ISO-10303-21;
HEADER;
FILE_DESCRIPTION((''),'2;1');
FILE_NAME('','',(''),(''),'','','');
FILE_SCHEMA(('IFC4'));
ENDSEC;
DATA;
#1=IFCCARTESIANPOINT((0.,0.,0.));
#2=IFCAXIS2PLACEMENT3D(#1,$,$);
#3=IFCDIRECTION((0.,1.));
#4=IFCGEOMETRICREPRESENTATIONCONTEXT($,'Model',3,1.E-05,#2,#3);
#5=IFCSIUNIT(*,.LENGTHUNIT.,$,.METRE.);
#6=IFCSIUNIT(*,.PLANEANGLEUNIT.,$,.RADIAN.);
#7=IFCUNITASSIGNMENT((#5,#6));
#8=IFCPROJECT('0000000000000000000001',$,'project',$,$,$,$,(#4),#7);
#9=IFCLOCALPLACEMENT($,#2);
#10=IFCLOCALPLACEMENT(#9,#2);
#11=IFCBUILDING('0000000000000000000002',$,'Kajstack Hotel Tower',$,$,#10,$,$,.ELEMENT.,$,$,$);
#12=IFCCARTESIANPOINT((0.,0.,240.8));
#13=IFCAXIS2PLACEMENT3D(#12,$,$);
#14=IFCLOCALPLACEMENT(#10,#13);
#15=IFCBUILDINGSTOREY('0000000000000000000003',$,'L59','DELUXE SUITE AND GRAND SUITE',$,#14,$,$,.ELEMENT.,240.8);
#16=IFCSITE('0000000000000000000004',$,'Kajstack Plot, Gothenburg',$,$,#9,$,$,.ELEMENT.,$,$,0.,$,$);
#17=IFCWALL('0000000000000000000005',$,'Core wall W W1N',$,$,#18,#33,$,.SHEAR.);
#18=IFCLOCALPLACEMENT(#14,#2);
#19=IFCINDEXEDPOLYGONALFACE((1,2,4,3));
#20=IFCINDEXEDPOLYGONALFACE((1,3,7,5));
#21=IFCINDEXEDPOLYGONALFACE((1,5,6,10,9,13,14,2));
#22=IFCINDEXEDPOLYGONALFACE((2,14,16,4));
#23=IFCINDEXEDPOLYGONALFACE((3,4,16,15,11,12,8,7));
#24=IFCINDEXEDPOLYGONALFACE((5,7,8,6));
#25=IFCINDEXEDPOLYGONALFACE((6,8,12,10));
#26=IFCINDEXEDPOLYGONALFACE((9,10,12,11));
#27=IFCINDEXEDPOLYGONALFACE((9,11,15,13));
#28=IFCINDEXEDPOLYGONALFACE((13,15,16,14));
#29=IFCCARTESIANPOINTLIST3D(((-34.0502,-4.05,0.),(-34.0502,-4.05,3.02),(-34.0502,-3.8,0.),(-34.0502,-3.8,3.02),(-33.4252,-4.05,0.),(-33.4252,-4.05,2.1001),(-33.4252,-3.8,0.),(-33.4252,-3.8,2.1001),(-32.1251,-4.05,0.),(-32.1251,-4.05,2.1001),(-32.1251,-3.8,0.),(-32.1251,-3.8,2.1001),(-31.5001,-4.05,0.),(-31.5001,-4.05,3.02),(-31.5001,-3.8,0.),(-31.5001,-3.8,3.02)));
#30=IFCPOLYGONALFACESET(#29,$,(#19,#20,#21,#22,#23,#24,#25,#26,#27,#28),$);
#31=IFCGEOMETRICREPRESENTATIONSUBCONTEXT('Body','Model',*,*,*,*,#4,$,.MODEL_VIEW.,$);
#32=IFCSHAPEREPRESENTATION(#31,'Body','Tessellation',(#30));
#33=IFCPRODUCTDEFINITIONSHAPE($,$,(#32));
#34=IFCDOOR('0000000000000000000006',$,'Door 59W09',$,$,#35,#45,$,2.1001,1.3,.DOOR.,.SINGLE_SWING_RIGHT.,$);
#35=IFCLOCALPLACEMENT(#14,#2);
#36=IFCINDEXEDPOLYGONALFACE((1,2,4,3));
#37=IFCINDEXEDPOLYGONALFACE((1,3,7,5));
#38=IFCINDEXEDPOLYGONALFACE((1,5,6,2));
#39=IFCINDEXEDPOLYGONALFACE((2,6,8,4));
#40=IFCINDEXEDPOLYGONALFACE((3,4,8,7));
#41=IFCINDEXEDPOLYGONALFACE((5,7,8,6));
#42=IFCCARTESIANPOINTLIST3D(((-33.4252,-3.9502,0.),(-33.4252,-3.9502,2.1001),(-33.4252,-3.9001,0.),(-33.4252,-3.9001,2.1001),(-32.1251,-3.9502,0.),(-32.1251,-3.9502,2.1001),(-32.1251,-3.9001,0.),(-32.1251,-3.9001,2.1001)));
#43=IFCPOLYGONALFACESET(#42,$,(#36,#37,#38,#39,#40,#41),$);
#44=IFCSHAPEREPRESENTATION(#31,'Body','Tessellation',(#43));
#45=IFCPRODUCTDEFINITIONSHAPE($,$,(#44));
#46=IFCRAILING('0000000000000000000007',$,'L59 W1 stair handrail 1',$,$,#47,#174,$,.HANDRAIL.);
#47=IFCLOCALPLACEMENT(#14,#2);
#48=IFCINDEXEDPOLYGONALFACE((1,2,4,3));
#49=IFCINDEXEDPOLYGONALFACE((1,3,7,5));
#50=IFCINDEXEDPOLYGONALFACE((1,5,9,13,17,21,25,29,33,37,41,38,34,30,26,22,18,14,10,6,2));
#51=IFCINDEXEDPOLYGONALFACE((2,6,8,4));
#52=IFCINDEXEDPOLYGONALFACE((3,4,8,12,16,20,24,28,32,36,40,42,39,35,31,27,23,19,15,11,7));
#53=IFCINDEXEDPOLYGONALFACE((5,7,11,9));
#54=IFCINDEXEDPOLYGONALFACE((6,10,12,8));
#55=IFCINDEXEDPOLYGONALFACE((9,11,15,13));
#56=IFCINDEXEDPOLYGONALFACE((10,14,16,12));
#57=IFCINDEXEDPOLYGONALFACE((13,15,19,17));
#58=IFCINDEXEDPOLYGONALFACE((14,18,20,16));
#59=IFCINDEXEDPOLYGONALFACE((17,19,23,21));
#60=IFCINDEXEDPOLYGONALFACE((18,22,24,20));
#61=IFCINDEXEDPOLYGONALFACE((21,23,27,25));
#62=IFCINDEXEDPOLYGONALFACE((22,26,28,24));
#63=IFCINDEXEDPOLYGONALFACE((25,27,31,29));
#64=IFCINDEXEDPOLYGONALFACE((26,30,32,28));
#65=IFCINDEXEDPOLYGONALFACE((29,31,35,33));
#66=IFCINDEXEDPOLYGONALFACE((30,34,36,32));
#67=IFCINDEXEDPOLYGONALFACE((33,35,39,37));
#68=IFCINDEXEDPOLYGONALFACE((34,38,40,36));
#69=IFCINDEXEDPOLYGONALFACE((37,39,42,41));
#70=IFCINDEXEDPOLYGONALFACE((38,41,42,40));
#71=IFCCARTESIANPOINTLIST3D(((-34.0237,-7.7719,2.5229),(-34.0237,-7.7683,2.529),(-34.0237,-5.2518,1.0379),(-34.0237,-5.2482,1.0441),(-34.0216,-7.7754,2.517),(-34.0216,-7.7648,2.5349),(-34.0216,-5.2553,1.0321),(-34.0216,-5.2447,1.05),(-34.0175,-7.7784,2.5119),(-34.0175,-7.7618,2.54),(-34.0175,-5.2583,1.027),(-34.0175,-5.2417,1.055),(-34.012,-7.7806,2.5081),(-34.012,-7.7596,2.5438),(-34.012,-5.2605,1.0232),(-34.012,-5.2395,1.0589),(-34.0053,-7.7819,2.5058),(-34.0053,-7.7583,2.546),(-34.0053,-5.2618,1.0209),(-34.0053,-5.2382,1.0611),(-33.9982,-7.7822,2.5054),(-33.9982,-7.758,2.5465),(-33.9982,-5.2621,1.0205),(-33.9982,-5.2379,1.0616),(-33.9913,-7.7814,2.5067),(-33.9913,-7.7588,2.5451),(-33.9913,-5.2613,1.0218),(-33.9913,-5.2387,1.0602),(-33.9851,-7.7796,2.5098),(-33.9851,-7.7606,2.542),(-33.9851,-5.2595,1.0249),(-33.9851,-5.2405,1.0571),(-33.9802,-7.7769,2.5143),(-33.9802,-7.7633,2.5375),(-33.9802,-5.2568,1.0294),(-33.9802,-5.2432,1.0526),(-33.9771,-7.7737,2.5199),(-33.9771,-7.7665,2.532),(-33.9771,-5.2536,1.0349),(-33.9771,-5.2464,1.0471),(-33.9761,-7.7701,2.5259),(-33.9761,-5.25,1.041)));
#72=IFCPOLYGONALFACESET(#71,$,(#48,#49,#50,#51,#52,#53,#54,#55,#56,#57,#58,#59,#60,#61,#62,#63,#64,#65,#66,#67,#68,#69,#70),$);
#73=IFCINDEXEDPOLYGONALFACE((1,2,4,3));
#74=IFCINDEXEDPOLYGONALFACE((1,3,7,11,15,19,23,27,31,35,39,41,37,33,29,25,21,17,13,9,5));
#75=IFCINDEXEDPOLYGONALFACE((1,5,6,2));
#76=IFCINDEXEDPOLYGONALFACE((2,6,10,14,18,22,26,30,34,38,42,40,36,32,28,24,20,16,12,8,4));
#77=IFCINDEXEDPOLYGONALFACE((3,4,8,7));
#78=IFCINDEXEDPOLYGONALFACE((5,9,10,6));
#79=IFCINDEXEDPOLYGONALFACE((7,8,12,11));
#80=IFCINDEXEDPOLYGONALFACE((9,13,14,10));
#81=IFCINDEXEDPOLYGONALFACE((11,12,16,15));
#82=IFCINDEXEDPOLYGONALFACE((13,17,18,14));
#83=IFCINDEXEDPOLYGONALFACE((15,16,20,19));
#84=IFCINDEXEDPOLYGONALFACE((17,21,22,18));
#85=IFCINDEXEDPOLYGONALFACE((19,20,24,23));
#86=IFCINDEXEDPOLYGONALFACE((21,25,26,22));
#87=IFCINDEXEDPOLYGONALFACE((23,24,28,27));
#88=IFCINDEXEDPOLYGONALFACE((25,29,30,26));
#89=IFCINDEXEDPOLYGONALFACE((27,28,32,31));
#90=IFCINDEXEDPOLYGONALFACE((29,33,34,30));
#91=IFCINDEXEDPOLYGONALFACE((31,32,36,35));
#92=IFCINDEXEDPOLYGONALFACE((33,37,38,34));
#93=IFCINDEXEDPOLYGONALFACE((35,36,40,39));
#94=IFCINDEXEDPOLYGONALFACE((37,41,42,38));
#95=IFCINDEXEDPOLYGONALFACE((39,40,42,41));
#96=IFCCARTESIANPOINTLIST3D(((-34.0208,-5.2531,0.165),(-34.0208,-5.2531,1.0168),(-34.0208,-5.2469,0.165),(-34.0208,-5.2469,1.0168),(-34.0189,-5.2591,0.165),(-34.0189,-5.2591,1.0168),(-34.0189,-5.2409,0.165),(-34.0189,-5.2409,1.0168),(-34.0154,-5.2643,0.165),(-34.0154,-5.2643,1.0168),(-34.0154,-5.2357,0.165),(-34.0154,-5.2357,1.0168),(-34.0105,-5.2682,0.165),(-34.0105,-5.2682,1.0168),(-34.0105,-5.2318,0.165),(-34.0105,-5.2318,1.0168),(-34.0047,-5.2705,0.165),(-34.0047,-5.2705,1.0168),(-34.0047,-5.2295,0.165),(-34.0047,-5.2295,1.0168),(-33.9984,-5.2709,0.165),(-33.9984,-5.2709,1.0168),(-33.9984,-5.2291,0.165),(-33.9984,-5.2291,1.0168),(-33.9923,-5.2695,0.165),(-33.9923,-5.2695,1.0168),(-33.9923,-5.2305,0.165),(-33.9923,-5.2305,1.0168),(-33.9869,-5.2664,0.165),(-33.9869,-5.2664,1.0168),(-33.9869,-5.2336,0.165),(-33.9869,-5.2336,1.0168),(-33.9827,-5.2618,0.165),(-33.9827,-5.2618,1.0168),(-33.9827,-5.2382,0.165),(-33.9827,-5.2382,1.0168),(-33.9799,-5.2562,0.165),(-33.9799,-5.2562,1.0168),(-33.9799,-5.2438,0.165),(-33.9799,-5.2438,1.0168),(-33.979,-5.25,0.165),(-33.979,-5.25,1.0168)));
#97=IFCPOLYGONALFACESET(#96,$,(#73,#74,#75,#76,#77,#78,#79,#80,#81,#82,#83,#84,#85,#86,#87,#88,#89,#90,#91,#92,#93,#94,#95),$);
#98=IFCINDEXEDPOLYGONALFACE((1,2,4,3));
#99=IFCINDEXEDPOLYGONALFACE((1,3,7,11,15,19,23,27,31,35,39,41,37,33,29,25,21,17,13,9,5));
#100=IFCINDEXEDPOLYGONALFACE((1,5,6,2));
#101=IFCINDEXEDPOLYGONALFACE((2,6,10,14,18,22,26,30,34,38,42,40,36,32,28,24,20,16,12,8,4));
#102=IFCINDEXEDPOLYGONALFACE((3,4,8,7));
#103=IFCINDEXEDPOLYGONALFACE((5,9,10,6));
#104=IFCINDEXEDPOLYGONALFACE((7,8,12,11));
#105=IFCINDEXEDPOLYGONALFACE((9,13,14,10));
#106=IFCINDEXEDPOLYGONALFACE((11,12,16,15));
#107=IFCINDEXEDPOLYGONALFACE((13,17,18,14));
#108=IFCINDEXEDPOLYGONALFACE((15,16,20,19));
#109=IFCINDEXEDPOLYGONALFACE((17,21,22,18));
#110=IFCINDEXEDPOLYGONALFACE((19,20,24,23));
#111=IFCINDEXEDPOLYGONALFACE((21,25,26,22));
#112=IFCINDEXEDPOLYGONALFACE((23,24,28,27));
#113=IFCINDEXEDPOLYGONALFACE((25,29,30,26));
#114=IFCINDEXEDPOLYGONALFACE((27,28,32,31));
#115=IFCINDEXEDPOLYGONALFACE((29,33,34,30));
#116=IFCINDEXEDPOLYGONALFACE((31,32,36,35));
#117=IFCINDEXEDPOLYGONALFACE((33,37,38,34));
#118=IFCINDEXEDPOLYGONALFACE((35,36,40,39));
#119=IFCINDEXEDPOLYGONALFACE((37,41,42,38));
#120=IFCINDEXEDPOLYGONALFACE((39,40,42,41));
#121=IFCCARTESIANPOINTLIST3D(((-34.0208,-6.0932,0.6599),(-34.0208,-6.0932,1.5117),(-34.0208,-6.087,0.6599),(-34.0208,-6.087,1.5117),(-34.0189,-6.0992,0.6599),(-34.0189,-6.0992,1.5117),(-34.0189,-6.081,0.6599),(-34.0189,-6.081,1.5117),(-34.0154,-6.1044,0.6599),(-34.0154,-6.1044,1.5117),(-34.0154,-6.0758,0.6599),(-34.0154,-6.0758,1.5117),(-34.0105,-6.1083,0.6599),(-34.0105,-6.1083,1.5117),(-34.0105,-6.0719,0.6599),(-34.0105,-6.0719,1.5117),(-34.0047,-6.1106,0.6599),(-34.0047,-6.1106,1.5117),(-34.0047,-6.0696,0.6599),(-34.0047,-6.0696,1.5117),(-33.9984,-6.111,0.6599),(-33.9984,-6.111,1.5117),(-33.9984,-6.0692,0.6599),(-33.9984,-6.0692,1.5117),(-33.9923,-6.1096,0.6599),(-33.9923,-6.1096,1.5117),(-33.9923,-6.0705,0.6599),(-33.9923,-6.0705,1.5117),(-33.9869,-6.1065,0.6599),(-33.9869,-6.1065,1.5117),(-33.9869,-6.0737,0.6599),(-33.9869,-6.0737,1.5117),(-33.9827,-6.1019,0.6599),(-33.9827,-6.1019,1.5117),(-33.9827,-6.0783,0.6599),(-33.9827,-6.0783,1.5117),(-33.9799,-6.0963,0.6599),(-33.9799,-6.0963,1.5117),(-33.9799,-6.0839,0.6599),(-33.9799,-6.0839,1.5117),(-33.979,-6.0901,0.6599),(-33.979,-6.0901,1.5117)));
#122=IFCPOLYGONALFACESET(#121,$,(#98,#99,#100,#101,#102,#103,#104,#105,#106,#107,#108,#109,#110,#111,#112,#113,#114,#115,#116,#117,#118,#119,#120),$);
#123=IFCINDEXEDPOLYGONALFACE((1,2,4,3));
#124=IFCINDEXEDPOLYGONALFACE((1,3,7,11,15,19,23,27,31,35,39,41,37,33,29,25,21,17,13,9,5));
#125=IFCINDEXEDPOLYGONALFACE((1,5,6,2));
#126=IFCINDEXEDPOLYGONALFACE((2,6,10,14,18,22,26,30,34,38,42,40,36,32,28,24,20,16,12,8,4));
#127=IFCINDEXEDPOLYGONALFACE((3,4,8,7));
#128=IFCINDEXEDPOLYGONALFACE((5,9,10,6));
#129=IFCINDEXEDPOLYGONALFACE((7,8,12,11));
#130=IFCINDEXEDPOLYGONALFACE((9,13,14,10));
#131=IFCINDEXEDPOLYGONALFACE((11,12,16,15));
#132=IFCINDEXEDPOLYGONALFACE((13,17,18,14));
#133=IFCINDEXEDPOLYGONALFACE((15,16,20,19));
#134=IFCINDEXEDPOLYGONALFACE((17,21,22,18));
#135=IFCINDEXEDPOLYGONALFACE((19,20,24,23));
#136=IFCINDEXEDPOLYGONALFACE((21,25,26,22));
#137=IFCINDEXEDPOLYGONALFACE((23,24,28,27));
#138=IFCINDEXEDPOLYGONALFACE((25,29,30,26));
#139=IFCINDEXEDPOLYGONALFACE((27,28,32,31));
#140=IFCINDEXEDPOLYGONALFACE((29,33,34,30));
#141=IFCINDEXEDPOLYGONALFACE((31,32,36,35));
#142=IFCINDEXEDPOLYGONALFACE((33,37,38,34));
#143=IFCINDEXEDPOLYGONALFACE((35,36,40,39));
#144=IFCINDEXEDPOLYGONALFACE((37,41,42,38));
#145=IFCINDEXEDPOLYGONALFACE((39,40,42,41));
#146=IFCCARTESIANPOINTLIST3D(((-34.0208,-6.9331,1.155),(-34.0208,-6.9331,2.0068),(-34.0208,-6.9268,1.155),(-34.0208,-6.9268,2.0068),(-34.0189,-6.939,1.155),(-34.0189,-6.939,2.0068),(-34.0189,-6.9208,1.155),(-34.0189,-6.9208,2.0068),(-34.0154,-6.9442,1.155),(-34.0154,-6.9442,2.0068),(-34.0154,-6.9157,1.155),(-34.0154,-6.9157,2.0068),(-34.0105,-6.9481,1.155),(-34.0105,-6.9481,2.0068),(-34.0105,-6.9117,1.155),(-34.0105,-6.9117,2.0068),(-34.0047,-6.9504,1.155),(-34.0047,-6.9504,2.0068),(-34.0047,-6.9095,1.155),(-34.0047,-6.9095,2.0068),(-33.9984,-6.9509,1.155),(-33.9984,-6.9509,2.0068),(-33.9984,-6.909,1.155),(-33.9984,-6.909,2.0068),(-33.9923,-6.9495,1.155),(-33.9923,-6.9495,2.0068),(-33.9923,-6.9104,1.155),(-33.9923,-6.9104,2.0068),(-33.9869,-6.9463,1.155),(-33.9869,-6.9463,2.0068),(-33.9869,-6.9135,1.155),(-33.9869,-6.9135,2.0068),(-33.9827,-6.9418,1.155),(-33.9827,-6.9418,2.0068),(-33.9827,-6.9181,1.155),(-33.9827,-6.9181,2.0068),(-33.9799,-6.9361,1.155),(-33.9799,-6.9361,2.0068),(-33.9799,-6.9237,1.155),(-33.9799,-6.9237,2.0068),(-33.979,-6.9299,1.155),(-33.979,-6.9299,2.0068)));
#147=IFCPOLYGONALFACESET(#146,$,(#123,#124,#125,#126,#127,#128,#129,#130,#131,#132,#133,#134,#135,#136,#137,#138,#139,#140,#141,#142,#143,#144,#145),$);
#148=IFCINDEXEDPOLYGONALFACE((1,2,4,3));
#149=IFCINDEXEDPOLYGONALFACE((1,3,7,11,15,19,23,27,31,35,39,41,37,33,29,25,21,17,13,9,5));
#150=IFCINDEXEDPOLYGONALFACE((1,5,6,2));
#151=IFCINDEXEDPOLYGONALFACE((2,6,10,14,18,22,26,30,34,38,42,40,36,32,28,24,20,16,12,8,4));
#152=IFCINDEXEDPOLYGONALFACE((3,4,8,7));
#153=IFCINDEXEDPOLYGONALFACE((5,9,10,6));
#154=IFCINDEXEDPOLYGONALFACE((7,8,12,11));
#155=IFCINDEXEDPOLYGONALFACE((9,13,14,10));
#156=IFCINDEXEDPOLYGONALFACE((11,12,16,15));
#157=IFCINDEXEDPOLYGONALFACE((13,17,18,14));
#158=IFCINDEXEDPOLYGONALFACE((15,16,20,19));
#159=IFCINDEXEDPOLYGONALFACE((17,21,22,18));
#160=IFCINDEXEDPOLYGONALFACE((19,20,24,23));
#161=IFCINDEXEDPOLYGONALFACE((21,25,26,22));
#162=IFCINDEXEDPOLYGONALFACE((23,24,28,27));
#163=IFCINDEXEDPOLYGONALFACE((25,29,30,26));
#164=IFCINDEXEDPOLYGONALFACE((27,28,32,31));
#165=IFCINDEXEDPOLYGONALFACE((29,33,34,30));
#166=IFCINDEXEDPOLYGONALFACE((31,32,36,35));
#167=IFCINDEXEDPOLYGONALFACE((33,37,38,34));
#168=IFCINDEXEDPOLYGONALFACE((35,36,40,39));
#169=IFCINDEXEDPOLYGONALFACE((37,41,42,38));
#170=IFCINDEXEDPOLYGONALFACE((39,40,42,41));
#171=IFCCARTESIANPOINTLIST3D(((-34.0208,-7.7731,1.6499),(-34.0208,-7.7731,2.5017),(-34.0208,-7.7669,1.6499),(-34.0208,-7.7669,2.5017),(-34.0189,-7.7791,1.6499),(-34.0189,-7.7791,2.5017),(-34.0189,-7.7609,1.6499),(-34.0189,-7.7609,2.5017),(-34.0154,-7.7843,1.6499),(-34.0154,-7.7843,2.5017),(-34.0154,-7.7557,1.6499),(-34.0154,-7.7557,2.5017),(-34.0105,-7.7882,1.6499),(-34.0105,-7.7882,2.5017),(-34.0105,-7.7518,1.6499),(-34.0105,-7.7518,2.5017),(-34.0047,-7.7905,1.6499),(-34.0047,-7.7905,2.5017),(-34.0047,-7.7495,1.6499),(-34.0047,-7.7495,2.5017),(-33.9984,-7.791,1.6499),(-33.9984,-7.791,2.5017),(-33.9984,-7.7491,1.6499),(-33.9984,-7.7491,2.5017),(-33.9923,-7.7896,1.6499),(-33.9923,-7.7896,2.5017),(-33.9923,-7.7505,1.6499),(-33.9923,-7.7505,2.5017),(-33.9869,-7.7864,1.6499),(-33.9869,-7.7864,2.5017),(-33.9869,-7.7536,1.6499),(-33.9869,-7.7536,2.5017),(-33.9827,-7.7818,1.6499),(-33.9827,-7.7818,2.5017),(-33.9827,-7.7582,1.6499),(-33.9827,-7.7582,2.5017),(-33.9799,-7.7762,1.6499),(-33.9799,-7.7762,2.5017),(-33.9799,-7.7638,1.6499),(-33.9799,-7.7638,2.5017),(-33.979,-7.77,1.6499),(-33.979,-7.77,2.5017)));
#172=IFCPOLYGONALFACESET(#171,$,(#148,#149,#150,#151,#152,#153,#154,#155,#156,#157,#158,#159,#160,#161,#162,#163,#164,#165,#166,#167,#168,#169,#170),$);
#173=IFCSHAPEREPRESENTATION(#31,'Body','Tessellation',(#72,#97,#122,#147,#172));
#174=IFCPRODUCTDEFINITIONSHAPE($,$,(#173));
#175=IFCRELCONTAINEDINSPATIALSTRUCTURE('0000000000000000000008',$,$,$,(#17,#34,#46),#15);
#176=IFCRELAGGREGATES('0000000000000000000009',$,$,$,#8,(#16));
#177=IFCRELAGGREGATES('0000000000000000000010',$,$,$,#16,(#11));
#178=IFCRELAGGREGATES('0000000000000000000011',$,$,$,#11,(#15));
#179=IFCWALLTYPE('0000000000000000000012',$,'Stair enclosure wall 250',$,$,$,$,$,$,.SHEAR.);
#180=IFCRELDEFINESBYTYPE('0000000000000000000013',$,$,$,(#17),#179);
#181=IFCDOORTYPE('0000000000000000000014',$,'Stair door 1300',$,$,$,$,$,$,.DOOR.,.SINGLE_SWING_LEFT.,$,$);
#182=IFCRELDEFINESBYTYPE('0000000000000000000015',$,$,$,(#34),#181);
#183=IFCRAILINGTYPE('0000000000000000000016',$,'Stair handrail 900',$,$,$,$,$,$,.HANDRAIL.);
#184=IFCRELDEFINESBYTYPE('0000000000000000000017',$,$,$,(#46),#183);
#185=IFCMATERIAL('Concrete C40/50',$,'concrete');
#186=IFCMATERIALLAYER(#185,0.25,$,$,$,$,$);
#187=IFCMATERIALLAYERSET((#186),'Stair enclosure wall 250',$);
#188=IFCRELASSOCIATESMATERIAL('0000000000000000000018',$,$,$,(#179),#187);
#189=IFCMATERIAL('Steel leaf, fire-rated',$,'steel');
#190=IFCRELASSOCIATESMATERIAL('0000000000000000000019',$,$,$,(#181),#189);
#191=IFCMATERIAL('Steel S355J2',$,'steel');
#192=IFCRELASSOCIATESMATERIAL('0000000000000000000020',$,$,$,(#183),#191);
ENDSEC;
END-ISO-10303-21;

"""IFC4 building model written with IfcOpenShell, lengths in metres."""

from ifc_helpers import new_model, si_unit, direction, frame, frame_2d, origin, origin_2d, place, context, subcontext, project, spatial, rectangle, circle, extrude, material, layer, layer_set, type_object, element, fill, save


model = new_model("IFC4")

# Units and contexts
model_context = context("Model", 3, precision=1e-05, world=origin(), true_north=direction((0.0, 1.0)))
body_context = subcontext(model_context, "Body", "Model", "MODEL_VIEW")
ifc_project = project(units=[si_unit("LENGTHUNIT", "METRE"), si_unit("PLANEANGLEUNIT", "RADIAN")], contexts=[model_context])

# Site, building, storey
site_placement = place(None, origin())
site = spatial("IfcSite", under=ifc_project, at=site_placement, Name="Kajstack Plot, Gothenburg", CompositionType="ELEMENT", RefElevation=0.0)
building_placement = place(site_placement, origin())
building = spatial("IfcBuilding", under=site, at=building_placement, Name="Kajstack Hotel Tower", CompositionType="ELEMENT")
storey_placement = place(building_placement, frame((0.0, 0.0, 240.8)))
storey = spatial("IfcBuildingStorey", under=building, at=storey_placement, Name="L59", Description="DELUXE SUITE AND GRAND SUITE", CompositionType="ELEMENT", Elevation=240.8)

# Shared definitions
ifc_material_1 = material(Name="Steel leaf, fire-rated", Category="steel")

# Wall, opening, door
ifc_material_2 = material(Name="Concrete C40/50", Category="concrete")
ifc_layer_1 = layer(ifc_material_2, 0.25)
ifc_layer_set_1 = layer_set([ifc_layer_1], Name="Stair enclosure wall 250")
wall_type_1 = type_object("IfcWallType", Name="Stair enclosure wall 250", PredefinedType="SHEAR", material=ifc_layer_set_1)
wall_1_placement = place(storey_placement, frame((-34.05, -3.925, 0.0), z_axis=(0.0, 0.0, 1.0), x_axis=(1.0, 0.0, 0.0)))
wall_1 = element("IfcWall", 1, at=wall_1_placement, inside=storey, type_object=wall_type_1, Name="Core wall W W1N", PredefinedType="SHEAR", context=body_context, shape_type="SweptSolid", body=[
    extrude(rectangle(XDim=2.55, YDim=0.25, at=frame_2d((1.2749, 0.0))), origin(), (0.0, 0.0, 1.0), 3.02),
])
opening_1_placement = place(wall_1_placement, frame((0.625, 0.0, 0.0)))
opening_1 = element("IfcOpeningElement", 2, at=opening_1_placement, cuts=wall_1, PredefinedType="OPENING", context=body_context, shape_type="SweptSolid", body=[
    extrude(rectangle(XDim=1.3, YDim=2.1001, at=frame_2d((0.6499, 1.05))), frame((0.0, 0.135, 0.0), z_axis=(0.0, -1.0, 0.0), x_axis=(1.0, 0.0, 0.0)), (0.0, 0.0, 1.0), 0.27),
])
door_type_1 = type_object("IfcDoorType", Name="Stair door 1300", OperationType="SINGLE_SWING_LEFT", PredefinedType="DOOR", material=ifc_material_1)
door_1_placement = place(opening_1_placement, origin())
door_1 = element("IfcDoor", 3, at=door_1_placement, inside=storey, type_object=door_type_1, Name="Door 59W09", OperationType="SINGLE_SWING_RIGHT", OverallHeight=2.1001, OverallWidth=1.3, PredefinedType="DOOR", context=body_context, shape_type="SweptSolid", body=[
    extrude(rectangle(XDim=1.3, YDim=2.1001, at=frame_2d((0.6499, 1.05))), frame((0.0, 0.0249, 0.0), z_axis=(0.0, -1.0, 0.0), x_axis=(1.0, 0.0, 0.0)), (0.0, 0.0, 1.0), 0.05),
])
fill(opening_1, door_1)

# Railing
ifc_material_3 = material(Name="Steel S355J2", Category="steel")
railing_type_1 = type_object("IfcRailingType", Name="Stair handrail 900", PredefinedType="HANDRAIL", material=ifc_material_3)
railing_1_placement = place(storey_placement, frame((-34.0, -5.25, 0.165)))
element("IfcRailing", 4, at=railing_1_placement, inside=storey, type_object=railing_type_1, Name="L59 W1 stair handrail 1", PredefinedType="HANDRAIL", context=body_context, shape_type="SweptSolid", body=[
    extrude(circle(Radius=0.0239, at=origin_2d()), frame((0.0, 0.0, 0.876), z_axis=(0.0, -0.861561, 0.507655), x_axis=(1.0, 0.0, 0.0)), (0.0, 0.0, 1.0), 2.925),
    extrude(circle(Radius=0.021, at=origin_2d()), origin(), (0.0, 0.0, 1.0), 0.8518),
    extrude(circle(Radius=0.021, at=origin_2d()), frame((0.0, -0.8401, 0.4949)), (0.0, 0.0, 1.0), 0.8518),
    extrude(circle(Radius=0.021, at=origin_2d()), frame((0.0, -1.6799, 0.99)), (0.0, 0.0, 1.0), 0.8518),
    extrude(circle(Radius=0.021, at=origin_2d()), frame((0.0, -2.52, 1.4849)), (0.0, 0.0, 1.0), 0.8518),
])

save(model, "model.ifc")
